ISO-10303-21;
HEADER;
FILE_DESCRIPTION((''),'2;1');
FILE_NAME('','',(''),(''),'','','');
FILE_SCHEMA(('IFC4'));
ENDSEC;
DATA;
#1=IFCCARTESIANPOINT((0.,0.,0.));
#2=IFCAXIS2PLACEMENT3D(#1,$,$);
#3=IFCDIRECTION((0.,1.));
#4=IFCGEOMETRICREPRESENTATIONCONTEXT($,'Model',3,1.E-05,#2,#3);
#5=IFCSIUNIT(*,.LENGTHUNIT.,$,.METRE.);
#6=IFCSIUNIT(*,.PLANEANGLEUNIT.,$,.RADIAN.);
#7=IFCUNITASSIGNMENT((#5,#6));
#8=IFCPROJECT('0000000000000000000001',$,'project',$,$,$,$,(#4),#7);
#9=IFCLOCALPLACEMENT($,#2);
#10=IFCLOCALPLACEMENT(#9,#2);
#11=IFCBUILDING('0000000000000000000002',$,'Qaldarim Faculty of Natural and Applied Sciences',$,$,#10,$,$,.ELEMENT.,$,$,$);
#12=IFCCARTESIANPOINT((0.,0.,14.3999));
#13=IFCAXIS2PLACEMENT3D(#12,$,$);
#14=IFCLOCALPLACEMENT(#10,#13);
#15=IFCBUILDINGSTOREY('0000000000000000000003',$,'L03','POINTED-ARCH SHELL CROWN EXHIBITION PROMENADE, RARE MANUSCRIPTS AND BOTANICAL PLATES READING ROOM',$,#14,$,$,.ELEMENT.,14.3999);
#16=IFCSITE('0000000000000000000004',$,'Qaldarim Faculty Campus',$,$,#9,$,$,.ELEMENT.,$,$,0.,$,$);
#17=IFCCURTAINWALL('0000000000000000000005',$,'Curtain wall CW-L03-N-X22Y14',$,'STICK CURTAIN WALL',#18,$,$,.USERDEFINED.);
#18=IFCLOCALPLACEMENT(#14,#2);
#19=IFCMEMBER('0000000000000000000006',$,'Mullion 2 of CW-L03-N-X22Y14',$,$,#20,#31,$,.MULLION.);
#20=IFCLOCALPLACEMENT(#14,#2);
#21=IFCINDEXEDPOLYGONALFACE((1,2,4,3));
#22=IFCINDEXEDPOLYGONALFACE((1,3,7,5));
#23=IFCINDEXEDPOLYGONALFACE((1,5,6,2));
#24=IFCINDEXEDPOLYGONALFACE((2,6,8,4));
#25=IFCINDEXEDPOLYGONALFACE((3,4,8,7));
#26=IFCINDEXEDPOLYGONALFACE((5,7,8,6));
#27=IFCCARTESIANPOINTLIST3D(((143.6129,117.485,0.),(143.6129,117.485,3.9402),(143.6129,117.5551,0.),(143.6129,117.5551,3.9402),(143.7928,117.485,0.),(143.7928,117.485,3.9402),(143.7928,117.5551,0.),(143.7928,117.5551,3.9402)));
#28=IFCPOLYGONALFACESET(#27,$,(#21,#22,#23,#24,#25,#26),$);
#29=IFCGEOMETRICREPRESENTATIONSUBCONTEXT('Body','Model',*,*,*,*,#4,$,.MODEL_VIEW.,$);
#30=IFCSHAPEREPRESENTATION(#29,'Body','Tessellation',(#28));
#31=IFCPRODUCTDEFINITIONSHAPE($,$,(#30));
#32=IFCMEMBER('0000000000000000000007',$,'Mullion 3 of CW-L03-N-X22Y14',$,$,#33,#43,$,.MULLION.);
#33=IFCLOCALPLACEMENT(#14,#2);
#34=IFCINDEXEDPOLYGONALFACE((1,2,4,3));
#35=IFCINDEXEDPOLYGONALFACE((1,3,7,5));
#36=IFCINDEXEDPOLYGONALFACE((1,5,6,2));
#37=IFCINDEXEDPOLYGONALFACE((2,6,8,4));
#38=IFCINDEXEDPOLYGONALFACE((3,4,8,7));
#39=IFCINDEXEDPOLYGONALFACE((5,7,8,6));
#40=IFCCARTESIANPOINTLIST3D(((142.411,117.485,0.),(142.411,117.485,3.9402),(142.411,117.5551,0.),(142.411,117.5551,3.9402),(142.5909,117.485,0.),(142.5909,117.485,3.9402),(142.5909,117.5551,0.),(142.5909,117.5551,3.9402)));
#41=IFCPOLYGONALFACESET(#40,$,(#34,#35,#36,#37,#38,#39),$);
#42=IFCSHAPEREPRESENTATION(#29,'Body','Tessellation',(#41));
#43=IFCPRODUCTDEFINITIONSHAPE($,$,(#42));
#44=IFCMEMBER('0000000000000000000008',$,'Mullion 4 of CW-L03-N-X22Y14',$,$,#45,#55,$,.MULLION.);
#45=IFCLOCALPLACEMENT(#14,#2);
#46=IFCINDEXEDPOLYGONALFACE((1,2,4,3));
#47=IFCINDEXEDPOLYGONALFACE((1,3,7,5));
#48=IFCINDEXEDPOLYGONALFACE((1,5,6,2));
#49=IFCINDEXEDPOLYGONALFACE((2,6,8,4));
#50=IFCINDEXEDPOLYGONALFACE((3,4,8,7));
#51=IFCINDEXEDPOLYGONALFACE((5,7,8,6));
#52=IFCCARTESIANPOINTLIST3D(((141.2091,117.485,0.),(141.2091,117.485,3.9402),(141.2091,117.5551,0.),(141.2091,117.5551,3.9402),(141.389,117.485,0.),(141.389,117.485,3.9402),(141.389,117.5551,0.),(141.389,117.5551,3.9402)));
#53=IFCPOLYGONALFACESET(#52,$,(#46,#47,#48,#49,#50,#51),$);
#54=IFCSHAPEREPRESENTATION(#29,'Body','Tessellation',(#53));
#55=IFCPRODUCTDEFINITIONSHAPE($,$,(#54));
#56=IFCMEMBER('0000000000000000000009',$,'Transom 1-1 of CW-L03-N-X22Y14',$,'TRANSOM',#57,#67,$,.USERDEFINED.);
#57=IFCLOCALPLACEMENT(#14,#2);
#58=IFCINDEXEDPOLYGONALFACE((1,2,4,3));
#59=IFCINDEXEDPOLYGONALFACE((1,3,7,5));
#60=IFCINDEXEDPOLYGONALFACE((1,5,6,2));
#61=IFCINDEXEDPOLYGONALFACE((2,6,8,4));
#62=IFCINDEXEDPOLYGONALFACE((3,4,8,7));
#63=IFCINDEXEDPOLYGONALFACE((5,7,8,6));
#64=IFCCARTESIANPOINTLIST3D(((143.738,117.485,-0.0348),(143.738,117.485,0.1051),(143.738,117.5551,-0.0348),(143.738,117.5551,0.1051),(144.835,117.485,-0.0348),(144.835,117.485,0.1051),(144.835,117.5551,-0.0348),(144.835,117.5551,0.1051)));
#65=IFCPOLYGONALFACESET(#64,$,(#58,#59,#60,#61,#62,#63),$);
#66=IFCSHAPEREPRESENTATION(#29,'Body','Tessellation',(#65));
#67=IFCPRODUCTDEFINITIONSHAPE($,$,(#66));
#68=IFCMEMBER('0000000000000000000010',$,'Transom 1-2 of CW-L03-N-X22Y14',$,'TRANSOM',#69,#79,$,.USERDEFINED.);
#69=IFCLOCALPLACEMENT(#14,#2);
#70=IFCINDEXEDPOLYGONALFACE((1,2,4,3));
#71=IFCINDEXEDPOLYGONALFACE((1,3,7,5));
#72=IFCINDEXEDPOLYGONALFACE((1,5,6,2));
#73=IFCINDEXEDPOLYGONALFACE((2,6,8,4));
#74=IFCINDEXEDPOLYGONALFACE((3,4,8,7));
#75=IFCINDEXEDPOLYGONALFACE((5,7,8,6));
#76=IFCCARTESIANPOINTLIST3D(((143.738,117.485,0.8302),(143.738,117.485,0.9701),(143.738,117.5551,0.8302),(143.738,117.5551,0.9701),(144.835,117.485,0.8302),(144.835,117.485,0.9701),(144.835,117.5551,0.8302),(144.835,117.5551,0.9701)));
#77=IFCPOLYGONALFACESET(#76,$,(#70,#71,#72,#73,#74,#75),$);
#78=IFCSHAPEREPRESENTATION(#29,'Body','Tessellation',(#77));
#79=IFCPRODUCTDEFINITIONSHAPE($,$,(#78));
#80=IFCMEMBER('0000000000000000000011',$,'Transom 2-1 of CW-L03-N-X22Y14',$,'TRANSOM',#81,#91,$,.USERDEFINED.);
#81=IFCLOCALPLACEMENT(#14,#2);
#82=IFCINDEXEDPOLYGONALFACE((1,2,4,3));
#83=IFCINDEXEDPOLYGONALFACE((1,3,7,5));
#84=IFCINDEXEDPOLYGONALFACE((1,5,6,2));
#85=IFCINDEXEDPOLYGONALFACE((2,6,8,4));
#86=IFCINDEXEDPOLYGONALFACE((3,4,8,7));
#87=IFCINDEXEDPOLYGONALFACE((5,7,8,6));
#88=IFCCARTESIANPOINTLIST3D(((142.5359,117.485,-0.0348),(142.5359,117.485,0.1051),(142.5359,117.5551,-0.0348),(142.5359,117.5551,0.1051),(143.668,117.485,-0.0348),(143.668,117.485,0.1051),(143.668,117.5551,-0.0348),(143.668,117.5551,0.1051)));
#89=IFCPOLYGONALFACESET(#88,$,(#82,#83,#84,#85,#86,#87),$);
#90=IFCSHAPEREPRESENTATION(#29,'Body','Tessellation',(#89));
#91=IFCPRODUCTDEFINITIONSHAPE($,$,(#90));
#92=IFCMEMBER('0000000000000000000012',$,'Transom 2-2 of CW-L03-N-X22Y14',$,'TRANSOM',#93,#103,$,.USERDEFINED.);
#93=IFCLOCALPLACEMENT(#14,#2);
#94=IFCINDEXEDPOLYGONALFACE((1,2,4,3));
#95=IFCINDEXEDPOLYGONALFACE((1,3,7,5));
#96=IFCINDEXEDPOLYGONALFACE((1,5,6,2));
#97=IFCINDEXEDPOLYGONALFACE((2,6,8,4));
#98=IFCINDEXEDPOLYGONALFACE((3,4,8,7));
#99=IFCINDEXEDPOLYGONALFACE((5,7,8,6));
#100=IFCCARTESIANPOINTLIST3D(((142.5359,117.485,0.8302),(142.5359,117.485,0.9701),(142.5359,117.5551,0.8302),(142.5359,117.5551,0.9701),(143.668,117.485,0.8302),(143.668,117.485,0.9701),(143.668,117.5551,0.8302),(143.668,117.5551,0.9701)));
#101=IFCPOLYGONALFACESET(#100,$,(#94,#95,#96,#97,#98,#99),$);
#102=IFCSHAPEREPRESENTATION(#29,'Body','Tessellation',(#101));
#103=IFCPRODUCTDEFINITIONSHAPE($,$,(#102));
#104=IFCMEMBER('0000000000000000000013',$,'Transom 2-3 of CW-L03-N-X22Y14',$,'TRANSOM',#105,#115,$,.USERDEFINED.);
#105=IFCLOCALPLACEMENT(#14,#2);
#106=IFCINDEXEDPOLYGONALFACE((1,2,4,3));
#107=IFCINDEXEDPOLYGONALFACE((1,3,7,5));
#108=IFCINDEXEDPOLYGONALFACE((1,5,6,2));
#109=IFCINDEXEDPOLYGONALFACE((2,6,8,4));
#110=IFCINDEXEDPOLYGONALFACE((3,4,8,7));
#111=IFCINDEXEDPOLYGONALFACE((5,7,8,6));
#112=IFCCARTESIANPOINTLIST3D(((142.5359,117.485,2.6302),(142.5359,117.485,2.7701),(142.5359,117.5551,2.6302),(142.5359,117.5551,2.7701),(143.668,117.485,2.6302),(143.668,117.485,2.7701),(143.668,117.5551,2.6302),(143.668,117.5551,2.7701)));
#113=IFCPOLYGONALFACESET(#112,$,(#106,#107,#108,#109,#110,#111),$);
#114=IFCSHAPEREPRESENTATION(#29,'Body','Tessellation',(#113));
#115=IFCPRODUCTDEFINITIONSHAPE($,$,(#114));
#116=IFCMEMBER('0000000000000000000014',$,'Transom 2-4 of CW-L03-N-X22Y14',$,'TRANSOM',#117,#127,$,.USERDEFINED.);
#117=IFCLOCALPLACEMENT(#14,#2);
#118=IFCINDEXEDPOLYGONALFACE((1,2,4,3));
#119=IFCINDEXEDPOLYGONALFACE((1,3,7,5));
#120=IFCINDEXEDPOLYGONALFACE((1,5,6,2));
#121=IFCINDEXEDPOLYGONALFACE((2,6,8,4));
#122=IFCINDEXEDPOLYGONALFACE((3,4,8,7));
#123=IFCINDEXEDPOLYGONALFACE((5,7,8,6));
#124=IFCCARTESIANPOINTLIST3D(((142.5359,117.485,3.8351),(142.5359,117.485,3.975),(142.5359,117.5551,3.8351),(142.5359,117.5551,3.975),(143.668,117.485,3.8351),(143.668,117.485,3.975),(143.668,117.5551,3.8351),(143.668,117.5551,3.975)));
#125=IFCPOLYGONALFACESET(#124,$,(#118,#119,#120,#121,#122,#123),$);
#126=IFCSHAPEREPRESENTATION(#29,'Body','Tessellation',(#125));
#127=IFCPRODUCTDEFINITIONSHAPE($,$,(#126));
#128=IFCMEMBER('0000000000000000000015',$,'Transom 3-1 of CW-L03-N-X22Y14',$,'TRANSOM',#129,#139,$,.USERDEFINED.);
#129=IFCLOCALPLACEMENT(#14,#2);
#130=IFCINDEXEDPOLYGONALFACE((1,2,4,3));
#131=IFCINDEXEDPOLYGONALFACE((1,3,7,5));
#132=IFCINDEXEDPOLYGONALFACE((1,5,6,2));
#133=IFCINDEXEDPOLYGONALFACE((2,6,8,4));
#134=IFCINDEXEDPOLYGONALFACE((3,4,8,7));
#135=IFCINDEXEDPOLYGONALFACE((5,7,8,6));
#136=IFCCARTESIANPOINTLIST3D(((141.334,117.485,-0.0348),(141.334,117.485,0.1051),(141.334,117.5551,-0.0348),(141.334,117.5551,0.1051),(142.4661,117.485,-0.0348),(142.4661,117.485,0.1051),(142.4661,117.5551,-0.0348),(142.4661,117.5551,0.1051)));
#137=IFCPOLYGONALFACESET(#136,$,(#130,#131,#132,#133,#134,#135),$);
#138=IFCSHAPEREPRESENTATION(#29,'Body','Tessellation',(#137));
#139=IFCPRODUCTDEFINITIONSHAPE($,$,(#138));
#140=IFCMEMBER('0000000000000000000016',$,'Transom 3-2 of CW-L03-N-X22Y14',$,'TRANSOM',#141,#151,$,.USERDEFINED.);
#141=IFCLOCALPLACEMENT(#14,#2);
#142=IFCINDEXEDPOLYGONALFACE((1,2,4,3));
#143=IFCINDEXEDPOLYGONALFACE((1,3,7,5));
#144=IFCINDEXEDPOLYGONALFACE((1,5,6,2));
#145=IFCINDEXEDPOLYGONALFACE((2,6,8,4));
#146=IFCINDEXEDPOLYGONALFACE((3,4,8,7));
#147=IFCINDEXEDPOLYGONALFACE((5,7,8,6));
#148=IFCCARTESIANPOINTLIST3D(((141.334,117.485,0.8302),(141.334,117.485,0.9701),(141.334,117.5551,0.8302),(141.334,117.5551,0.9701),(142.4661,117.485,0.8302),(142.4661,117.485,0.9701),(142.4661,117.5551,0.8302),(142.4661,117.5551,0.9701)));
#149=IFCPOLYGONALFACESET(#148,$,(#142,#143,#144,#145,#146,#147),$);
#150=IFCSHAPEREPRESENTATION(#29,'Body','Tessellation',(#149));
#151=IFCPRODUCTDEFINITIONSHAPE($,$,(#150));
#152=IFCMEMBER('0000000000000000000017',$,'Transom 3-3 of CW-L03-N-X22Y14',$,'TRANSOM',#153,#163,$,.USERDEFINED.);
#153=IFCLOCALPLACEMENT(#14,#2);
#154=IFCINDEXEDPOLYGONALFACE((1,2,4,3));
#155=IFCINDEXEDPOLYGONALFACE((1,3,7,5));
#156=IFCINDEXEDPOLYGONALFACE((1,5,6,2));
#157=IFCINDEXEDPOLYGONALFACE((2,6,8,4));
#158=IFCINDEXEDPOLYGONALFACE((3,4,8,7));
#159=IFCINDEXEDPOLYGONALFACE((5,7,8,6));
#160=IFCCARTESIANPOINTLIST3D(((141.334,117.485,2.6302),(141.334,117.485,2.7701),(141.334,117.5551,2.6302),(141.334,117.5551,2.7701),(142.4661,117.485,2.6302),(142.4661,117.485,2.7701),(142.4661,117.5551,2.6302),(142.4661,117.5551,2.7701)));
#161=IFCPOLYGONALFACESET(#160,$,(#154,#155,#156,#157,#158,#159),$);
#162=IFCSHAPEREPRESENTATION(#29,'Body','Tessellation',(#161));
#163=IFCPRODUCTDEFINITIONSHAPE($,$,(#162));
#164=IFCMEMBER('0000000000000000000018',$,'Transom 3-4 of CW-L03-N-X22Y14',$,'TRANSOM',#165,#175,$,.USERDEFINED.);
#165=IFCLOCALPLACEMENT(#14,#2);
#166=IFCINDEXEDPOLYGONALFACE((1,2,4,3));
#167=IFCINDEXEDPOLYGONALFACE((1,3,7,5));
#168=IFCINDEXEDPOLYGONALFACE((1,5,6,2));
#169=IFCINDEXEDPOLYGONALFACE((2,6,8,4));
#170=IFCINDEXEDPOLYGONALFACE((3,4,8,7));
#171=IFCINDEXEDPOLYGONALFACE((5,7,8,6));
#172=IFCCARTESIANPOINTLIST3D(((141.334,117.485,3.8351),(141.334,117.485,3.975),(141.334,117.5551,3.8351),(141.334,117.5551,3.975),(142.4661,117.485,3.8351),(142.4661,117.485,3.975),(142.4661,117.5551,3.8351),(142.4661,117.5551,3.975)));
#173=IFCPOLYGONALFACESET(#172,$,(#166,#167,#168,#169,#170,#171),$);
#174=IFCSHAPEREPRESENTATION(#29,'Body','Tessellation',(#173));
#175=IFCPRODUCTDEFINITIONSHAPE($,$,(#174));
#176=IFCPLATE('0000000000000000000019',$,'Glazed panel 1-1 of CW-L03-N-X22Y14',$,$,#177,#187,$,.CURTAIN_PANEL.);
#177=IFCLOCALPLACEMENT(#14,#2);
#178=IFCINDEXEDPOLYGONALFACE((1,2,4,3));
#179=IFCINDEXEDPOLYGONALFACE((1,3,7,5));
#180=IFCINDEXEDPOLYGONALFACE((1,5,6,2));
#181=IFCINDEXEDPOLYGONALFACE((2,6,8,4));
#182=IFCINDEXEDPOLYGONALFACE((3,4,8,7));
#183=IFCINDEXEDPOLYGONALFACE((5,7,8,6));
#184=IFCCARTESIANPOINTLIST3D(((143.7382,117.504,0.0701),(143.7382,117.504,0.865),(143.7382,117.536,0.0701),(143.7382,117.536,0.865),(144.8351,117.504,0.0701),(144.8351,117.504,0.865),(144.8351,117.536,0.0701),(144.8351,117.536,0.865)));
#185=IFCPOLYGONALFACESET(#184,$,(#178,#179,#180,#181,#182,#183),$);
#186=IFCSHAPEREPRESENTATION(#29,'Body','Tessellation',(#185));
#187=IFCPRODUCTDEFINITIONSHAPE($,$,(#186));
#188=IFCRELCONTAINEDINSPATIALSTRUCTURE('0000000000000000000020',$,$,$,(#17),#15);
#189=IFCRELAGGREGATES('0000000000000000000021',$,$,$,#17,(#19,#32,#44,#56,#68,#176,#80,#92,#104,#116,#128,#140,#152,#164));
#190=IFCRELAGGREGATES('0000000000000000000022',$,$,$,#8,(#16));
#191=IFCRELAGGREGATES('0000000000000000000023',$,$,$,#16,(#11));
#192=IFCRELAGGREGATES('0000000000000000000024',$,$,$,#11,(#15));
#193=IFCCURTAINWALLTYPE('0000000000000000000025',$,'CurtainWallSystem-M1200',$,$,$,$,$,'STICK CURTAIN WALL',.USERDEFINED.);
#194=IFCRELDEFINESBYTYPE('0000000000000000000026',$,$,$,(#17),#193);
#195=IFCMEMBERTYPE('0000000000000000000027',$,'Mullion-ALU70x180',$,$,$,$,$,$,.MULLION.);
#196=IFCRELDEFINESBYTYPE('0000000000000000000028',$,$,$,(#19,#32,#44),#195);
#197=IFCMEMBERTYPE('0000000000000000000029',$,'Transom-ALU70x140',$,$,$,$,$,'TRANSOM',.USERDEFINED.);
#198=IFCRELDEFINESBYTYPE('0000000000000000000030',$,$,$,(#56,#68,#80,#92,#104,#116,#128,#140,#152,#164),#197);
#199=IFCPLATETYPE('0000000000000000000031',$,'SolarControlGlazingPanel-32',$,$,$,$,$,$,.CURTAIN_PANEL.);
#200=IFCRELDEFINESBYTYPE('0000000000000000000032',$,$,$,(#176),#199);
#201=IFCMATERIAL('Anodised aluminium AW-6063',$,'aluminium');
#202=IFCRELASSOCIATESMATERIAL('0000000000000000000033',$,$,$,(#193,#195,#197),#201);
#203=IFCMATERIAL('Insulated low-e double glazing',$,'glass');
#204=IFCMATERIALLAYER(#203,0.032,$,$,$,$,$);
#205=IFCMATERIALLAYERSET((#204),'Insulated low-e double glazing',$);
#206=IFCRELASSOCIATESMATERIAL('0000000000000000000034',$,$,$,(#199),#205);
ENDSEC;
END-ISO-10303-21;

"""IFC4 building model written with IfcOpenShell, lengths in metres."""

from ifc_helpers import new_model, si_unit, direction, frame, origin, origin_2d, place, context, subcontext, project, spatial, rectangle, extrude, material, layer, layer_set, material_profile, profile_set, type_object, element, aggregate, save


model = new_model("IFC4")

# Units and contexts
model_context = context("Model", 3, precision=1e-05, world=origin(), true_north=direction((0.0, 1.0)))
body_context = subcontext(model_context, "Body", "Model", "MODEL_VIEW")
ifc_project = project(units=[si_unit("LENGTHUNIT", "METRE"), si_unit("PLANEANGLEUNIT", "RADIAN")], contexts=[model_context])

# Site, building, storey
site_placement = place(None, origin())
site = spatial("IfcSite", under=ifc_project, at=site_placement, Name="Qaldarim Faculty Campus", CompositionType="ELEMENT", RefElevation=0.0)
building_placement = place(site_placement, origin())
building = spatial("IfcBuilding", under=site, at=building_placement, Name="Qaldarim Faculty of Natural and Applied Sciences", CompositionType="ELEMENT")
storey_placement = place(building_placement, frame((0.0, 0.0, 14.3999)))
storey = spatial("IfcBuildingStorey", under=building, at=storey_placement, Name="L03", Description="POINTED-ARCH SHELL CROWN EXHIBITION PROMENADE, RARE MANUSCRIPTS AND BOTANICAL PLATES READING ROOM", CompositionType="ELEMENT", Elevation=14.3999)

# Curtain wall, members, plate
ifc_material_1 = material(Name="Anodised aluminium AW-6063", Category="aluminium")
curtain_wall_type = type_object("IfcCurtainWallType", Name="CurtainWallSystem-M1200", ElementType="STICK CURTAIN WALL", PredefinedType="USERDEFINED", material=ifc_material_1)
curtain_wall_placement = place(storey_placement, origin())
curtain_wall = element("IfcCurtainWall", 1, at=curtain_wall_placement, inside=storey, type_object=curtain_wall_type, Name="Curtain wall CW-L03-N-X22Y14", ObjectType="STICK CURTAIN WALL", PredefinedType="USERDEFINED")
ifc_material_profile_1 = material_profile(ifc_material_1, rectangle(XDim=0.0701, YDim=0.1799, at=origin_2d()), Name="ALU-M70x180")
ifc_profile_set_1 = profile_set([ifc_material_profile_1], Name="Anodised aluminium AW-6063")
member_type_1 = type_object("IfcMemberType", Name="Mullion-ALU70x180", PredefinedType="MULLION", material=ifc_profile_set_1)
member_1_placement = place(storey_placement, frame((143.7029, 117.52, 0.0), z_axis=(0.0, 0.0, 1.0), x_axis=(0.0, -1.0, 0.0)))
member_1 = element("IfcMember", 2, at=member_1_placement, type_object=member_type_1, Name="Mullion 2 of CW-L03-N-X22Y14", PredefinedType="MULLION", context=body_context, shape_type="SweptSolid", body=[
    extrude(rectangle(XDim=0.0701, YDim=0.1799, at=origin_2d()), origin(), (0.0, 0.0, 1.0), 3.9402),
])
member_2_placement = place(storey_placement, frame((142.501, 117.52, 0.0), z_axis=(0.0, 0.0, 1.0), x_axis=(0.0, -1.0, 0.0)))
member_2 = element("IfcMember", 3, at=member_2_placement, type_object=member_type_1, Name="Mullion 3 of CW-L03-N-X22Y14", PredefinedType="MULLION", context=body_context, shape_type="SweptSolid", body=[
    extrude(rectangle(XDim=0.0701, YDim=0.1799, at=origin_2d()), origin(), (0.0, 0.0, 1.0), 3.9402),
])
member_3_placement = place(storey_placement, frame((141.2991, 117.52, 0.0), z_axis=(0.0, 0.0, 1.0), x_axis=(0.0, -1.0, 0.0)))
member_3 = element("IfcMember", 4, at=member_3_placement, type_object=member_type_1, Name="Mullion 4 of CW-L03-N-X22Y14", PredefinedType="MULLION", context=body_context, shape_type="SweptSolid", body=[
    extrude(rectangle(XDim=0.0701, YDim=0.1799, at=origin_2d()), origin(), (0.0, 0.0, 1.0), 3.9402),
])
ifc_material_profile_2 = material_profile(ifc_material_1, rectangle(XDim=0.0701, YDim=0.1399, at=origin_2d()), Name="ALU-T70x140")
ifc_profile_set_2 = profile_set([ifc_material_profile_2], Name="Anodised aluminium AW-6063")
member_type_2 = type_object("IfcMemberType", Name="Transom-ALU70x140", ElementType="TRANSOM", PredefinedType="USERDEFINED", material=ifc_profile_set_2)
member_4_placement = place(storey_placement, frame((144.835, 117.52, 0.0352), z_axis=(-1.0, 0.0, 0.0), x_axis=(0.0, -1.0, 0.0)))
member_4 = element("IfcMember", 5, at=member_4_placement, type_object=member_type_2, Name="Transom 1-1 of CW-L03-N-X22Y14", ObjectType="TRANSOM", PredefinedType="USERDEFINED", context=body_context, shape_type="SweptSolid", body=[
    extrude(rectangle(XDim=0.0701, YDim=0.1399, at=origin_2d()), origin(), (0.0, 0.0, 1.0), 1.0969),
])
member_5_placement = place(storey_placement, frame((144.835, 117.52, 0.9001), z_axis=(-1.0, 0.0, 0.0), x_axis=(0.0, -1.0, 0.0)))
member_5 = element("IfcMember", 6, at=member_5_placement, type_object=member_type_2, Name="Transom 1-2 of CW-L03-N-X22Y14", ObjectType="TRANSOM", PredefinedType="USERDEFINED", context=body_context, shape_type="SweptSolid", body=[
    extrude(rectangle(XDim=0.0701, YDim=0.1399, at=origin_2d()), origin(), (0.0, 0.0, 1.0), 1.0969),
])
member_6_placement = place(storey_placement, frame((143.668, 117.52, 0.0352), z_axis=(-1.0, 0.0, 0.0), x_axis=(0.0, -1.0, 0.0)))
member_6 = element("IfcMember", 7, at=member_6_placement, type_object=member_type_2, Name="Transom 2-1 of CW-L03-N-X22Y14", ObjectType="TRANSOM", PredefinedType="USERDEFINED", context=body_context, shape_type="SweptSolid", body=[
    extrude(rectangle(XDim=0.0701, YDim=0.1399, at=origin_2d()), origin(), (0.0, 0.0, 1.0), 1.1321),
])
member_7_placement = place(storey_placement, frame((143.668, 117.52, 0.9001), z_axis=(-1.0, 0.0, 0.0), x_axis=(0.0, -1.0, 0.0)))
member_7 = element("IfcMember", 8, at=member_7_placement, type_object=member_type_2, Name="Transom 2-2 of CW-L03-N-X22Y14", ObjectType="TRANSOM", PredefinedType="USERDEFINED", context=body_context, shape_type="SweptSolid", body=[
    extrude(rectangle(XDim=0.0701, YDim=0.1399, at=origin_2d()), origin(), (0.0, 0.0, 1.0), 1.1321),
])
member_8_placement = place(storey_placement, frame((143.668, 117.52, 2.7002), z_axis=(-1.0, 0.0, 0.0), x_axis=(0.0, -1.0, 0.0)))
member_8 = element("IfcMember", 9, at=member_8_placement, type_object=member_type_2, Name="Transom 2-3 of CW-L03-N-X22Y14", ObjectType="TRANSOM", PredefinedType="USERDEFINED", context=body_context, shape_type="SweptSolid", body=[
    extrude(rectangle(XDim=0.0701, YDim=0.1399, at=origin_2d()), origin(), (0.0, 0.0, 1.0), 1.1321),
])
member_9_placement = place(storey_placement, frame((143.668, 117.52, 3.905), z_axis=(-1.0, 0.0, 0.0), x_axis=(0.0, -1.0, 0.0)))
member_9 = element("IfcMember", 10, at=member_9_placement, type_object=member_type_2, Name="Transom 2-4 of CW-L03-N-X22Y14", ObjectType="TRANSOM", PredefinedType="USERDEFINED", context=body_context, shape_type="SweptSolid", body=[
    extrude(rectangle(XDim=0.0701, YDim=0.1399, at=origin_2d()), origin(), (0.0, 0.0, 1.0), 1.1321),
])
member_10_placement = place(storey_placement, frame((142.4661, 117.52, 0.0352), z_axis=(-1.0, 0.0, 0.0), x_axis=(0.0, -1.0, 0.0)))
member_10 = element("IfcMember", 11, at=member_10_placement, type_object=member_type_2, Name="Transom 3-1 of CW-L03-N-X22Y14", ObjectType="TRANSOM", PredefinedType="USERDEFINED", context=body_context, shape_type="SweptSolid", body=[
    extrude(rectangle(XDim=0.0701, YDim=0.1399, at=origin_2d()), origin(), (0.0, 0.0, 1.0), 1.1321),
])
member_11_placement = place(storey_placement, frame((142.4661, 117.52, 0.9001), z_axis=(-1.0, 0.0, 0.0), x_axis=(0.0, -1.0, 0.0)))
member_11 = element("IfcMember", 12, at=member_11_placement, type_object=member_type_2, Name="Transom 3-2 of CW-L03-N-X22Y14", ObjectType="TRANSOM", PredefinedType="USERDEFINED", context=body_context, shape_type="SweptSolid", body=[
    extrude(rectangle(XDim=0.0701, YDim=0.1399, at=origin_2d()), origin(), (0.0, 0.0, 1.0), 1.1321),
])
member_12_placement = place(storey_placement, frame((142.4661, 117.52, 2.7002), z_axis=(-1.0, 0.0, 0.0), x_axis=(0.0, -1.0, 0.0)))
member_12 = element("IfcMember", 13, at=member_12_placement, type_object=member_type_2, Name="Transom 3-3 of CW-L03-N-X22Y14", ObjectType="TRANSOM", PredefinedType="USERDEFINED", context=body_context, shape_type="SweptSolid", body=[
    extrude(rectangle(XDim=0.0701, YDim=0.1399, at=origin_2d()), origin(), (0.0, 0.0, 1.0), 1.1321),
])
member_13_placement = place(storey_placement, frame((142.4661, 117.52, 3.905), z_axis=(-1.0, 0.0, 0.0), x_axis=(0.0, -1.0, 0.0)))
member_13 = element("IfcMember", 14, at=member_13_placement, type_object=member_type_2, Name="Transom 3-4 of CW-L03-N-X22Y14", ObjectType="TRANSOM", PredefinedType="USERDEFINED", context=body_context, shape_type="SweptSolid", body=[
    extrude(rectangle(XDim=0.0701, YDim=0.1399, at=origin_2d()), origin(), (0.0, 0.0, 1.0), 1.1321),
])
ifc_material_2 = material(Name="Insulated low-e double glazing", Category="glass")
ifc_layer = layer(ifc_material_2, 0.032)
ifc_layer_set = layer_set([ifc_layer], Name="Insulated low-e double glazing")
plate_type = type_object("IfcPlateType", Name="SolarControlGlazingPanel-32", PredefinedType="CURTAIN_PANEL", material=ifc_layer_set)
plate_1_placement = place(storey_placement, frame((144.2866, 117.52, 0.0701), z_axis=(0.0, 0.0, 1.0), x_axis=(-1.0, 0.0, 0.0)))
plate_1 = element("IfcPlate", 15, at=plate_1_placement, type_object=plate_type, Name="Glazed panel 1-1 of CW-L03-N-X22Y14", PredefinedType="CURTAIN_PANEL", context=body_context, shape_type="SweptSolid", body=[
    extrude(rectangle(XDim=1.0969, YDim=0.032, at=origin_2d()), origin(), (0.0, 0.0, 1.0), 0.7949),
])
aggregate(curtain_wall, [member_1, member_2, member_3, member_4, member_5, plate_1, member_6, member_7, member_8, member_9, member_10, member_11, member_12, member_13])

save(model, "model.ifc")
